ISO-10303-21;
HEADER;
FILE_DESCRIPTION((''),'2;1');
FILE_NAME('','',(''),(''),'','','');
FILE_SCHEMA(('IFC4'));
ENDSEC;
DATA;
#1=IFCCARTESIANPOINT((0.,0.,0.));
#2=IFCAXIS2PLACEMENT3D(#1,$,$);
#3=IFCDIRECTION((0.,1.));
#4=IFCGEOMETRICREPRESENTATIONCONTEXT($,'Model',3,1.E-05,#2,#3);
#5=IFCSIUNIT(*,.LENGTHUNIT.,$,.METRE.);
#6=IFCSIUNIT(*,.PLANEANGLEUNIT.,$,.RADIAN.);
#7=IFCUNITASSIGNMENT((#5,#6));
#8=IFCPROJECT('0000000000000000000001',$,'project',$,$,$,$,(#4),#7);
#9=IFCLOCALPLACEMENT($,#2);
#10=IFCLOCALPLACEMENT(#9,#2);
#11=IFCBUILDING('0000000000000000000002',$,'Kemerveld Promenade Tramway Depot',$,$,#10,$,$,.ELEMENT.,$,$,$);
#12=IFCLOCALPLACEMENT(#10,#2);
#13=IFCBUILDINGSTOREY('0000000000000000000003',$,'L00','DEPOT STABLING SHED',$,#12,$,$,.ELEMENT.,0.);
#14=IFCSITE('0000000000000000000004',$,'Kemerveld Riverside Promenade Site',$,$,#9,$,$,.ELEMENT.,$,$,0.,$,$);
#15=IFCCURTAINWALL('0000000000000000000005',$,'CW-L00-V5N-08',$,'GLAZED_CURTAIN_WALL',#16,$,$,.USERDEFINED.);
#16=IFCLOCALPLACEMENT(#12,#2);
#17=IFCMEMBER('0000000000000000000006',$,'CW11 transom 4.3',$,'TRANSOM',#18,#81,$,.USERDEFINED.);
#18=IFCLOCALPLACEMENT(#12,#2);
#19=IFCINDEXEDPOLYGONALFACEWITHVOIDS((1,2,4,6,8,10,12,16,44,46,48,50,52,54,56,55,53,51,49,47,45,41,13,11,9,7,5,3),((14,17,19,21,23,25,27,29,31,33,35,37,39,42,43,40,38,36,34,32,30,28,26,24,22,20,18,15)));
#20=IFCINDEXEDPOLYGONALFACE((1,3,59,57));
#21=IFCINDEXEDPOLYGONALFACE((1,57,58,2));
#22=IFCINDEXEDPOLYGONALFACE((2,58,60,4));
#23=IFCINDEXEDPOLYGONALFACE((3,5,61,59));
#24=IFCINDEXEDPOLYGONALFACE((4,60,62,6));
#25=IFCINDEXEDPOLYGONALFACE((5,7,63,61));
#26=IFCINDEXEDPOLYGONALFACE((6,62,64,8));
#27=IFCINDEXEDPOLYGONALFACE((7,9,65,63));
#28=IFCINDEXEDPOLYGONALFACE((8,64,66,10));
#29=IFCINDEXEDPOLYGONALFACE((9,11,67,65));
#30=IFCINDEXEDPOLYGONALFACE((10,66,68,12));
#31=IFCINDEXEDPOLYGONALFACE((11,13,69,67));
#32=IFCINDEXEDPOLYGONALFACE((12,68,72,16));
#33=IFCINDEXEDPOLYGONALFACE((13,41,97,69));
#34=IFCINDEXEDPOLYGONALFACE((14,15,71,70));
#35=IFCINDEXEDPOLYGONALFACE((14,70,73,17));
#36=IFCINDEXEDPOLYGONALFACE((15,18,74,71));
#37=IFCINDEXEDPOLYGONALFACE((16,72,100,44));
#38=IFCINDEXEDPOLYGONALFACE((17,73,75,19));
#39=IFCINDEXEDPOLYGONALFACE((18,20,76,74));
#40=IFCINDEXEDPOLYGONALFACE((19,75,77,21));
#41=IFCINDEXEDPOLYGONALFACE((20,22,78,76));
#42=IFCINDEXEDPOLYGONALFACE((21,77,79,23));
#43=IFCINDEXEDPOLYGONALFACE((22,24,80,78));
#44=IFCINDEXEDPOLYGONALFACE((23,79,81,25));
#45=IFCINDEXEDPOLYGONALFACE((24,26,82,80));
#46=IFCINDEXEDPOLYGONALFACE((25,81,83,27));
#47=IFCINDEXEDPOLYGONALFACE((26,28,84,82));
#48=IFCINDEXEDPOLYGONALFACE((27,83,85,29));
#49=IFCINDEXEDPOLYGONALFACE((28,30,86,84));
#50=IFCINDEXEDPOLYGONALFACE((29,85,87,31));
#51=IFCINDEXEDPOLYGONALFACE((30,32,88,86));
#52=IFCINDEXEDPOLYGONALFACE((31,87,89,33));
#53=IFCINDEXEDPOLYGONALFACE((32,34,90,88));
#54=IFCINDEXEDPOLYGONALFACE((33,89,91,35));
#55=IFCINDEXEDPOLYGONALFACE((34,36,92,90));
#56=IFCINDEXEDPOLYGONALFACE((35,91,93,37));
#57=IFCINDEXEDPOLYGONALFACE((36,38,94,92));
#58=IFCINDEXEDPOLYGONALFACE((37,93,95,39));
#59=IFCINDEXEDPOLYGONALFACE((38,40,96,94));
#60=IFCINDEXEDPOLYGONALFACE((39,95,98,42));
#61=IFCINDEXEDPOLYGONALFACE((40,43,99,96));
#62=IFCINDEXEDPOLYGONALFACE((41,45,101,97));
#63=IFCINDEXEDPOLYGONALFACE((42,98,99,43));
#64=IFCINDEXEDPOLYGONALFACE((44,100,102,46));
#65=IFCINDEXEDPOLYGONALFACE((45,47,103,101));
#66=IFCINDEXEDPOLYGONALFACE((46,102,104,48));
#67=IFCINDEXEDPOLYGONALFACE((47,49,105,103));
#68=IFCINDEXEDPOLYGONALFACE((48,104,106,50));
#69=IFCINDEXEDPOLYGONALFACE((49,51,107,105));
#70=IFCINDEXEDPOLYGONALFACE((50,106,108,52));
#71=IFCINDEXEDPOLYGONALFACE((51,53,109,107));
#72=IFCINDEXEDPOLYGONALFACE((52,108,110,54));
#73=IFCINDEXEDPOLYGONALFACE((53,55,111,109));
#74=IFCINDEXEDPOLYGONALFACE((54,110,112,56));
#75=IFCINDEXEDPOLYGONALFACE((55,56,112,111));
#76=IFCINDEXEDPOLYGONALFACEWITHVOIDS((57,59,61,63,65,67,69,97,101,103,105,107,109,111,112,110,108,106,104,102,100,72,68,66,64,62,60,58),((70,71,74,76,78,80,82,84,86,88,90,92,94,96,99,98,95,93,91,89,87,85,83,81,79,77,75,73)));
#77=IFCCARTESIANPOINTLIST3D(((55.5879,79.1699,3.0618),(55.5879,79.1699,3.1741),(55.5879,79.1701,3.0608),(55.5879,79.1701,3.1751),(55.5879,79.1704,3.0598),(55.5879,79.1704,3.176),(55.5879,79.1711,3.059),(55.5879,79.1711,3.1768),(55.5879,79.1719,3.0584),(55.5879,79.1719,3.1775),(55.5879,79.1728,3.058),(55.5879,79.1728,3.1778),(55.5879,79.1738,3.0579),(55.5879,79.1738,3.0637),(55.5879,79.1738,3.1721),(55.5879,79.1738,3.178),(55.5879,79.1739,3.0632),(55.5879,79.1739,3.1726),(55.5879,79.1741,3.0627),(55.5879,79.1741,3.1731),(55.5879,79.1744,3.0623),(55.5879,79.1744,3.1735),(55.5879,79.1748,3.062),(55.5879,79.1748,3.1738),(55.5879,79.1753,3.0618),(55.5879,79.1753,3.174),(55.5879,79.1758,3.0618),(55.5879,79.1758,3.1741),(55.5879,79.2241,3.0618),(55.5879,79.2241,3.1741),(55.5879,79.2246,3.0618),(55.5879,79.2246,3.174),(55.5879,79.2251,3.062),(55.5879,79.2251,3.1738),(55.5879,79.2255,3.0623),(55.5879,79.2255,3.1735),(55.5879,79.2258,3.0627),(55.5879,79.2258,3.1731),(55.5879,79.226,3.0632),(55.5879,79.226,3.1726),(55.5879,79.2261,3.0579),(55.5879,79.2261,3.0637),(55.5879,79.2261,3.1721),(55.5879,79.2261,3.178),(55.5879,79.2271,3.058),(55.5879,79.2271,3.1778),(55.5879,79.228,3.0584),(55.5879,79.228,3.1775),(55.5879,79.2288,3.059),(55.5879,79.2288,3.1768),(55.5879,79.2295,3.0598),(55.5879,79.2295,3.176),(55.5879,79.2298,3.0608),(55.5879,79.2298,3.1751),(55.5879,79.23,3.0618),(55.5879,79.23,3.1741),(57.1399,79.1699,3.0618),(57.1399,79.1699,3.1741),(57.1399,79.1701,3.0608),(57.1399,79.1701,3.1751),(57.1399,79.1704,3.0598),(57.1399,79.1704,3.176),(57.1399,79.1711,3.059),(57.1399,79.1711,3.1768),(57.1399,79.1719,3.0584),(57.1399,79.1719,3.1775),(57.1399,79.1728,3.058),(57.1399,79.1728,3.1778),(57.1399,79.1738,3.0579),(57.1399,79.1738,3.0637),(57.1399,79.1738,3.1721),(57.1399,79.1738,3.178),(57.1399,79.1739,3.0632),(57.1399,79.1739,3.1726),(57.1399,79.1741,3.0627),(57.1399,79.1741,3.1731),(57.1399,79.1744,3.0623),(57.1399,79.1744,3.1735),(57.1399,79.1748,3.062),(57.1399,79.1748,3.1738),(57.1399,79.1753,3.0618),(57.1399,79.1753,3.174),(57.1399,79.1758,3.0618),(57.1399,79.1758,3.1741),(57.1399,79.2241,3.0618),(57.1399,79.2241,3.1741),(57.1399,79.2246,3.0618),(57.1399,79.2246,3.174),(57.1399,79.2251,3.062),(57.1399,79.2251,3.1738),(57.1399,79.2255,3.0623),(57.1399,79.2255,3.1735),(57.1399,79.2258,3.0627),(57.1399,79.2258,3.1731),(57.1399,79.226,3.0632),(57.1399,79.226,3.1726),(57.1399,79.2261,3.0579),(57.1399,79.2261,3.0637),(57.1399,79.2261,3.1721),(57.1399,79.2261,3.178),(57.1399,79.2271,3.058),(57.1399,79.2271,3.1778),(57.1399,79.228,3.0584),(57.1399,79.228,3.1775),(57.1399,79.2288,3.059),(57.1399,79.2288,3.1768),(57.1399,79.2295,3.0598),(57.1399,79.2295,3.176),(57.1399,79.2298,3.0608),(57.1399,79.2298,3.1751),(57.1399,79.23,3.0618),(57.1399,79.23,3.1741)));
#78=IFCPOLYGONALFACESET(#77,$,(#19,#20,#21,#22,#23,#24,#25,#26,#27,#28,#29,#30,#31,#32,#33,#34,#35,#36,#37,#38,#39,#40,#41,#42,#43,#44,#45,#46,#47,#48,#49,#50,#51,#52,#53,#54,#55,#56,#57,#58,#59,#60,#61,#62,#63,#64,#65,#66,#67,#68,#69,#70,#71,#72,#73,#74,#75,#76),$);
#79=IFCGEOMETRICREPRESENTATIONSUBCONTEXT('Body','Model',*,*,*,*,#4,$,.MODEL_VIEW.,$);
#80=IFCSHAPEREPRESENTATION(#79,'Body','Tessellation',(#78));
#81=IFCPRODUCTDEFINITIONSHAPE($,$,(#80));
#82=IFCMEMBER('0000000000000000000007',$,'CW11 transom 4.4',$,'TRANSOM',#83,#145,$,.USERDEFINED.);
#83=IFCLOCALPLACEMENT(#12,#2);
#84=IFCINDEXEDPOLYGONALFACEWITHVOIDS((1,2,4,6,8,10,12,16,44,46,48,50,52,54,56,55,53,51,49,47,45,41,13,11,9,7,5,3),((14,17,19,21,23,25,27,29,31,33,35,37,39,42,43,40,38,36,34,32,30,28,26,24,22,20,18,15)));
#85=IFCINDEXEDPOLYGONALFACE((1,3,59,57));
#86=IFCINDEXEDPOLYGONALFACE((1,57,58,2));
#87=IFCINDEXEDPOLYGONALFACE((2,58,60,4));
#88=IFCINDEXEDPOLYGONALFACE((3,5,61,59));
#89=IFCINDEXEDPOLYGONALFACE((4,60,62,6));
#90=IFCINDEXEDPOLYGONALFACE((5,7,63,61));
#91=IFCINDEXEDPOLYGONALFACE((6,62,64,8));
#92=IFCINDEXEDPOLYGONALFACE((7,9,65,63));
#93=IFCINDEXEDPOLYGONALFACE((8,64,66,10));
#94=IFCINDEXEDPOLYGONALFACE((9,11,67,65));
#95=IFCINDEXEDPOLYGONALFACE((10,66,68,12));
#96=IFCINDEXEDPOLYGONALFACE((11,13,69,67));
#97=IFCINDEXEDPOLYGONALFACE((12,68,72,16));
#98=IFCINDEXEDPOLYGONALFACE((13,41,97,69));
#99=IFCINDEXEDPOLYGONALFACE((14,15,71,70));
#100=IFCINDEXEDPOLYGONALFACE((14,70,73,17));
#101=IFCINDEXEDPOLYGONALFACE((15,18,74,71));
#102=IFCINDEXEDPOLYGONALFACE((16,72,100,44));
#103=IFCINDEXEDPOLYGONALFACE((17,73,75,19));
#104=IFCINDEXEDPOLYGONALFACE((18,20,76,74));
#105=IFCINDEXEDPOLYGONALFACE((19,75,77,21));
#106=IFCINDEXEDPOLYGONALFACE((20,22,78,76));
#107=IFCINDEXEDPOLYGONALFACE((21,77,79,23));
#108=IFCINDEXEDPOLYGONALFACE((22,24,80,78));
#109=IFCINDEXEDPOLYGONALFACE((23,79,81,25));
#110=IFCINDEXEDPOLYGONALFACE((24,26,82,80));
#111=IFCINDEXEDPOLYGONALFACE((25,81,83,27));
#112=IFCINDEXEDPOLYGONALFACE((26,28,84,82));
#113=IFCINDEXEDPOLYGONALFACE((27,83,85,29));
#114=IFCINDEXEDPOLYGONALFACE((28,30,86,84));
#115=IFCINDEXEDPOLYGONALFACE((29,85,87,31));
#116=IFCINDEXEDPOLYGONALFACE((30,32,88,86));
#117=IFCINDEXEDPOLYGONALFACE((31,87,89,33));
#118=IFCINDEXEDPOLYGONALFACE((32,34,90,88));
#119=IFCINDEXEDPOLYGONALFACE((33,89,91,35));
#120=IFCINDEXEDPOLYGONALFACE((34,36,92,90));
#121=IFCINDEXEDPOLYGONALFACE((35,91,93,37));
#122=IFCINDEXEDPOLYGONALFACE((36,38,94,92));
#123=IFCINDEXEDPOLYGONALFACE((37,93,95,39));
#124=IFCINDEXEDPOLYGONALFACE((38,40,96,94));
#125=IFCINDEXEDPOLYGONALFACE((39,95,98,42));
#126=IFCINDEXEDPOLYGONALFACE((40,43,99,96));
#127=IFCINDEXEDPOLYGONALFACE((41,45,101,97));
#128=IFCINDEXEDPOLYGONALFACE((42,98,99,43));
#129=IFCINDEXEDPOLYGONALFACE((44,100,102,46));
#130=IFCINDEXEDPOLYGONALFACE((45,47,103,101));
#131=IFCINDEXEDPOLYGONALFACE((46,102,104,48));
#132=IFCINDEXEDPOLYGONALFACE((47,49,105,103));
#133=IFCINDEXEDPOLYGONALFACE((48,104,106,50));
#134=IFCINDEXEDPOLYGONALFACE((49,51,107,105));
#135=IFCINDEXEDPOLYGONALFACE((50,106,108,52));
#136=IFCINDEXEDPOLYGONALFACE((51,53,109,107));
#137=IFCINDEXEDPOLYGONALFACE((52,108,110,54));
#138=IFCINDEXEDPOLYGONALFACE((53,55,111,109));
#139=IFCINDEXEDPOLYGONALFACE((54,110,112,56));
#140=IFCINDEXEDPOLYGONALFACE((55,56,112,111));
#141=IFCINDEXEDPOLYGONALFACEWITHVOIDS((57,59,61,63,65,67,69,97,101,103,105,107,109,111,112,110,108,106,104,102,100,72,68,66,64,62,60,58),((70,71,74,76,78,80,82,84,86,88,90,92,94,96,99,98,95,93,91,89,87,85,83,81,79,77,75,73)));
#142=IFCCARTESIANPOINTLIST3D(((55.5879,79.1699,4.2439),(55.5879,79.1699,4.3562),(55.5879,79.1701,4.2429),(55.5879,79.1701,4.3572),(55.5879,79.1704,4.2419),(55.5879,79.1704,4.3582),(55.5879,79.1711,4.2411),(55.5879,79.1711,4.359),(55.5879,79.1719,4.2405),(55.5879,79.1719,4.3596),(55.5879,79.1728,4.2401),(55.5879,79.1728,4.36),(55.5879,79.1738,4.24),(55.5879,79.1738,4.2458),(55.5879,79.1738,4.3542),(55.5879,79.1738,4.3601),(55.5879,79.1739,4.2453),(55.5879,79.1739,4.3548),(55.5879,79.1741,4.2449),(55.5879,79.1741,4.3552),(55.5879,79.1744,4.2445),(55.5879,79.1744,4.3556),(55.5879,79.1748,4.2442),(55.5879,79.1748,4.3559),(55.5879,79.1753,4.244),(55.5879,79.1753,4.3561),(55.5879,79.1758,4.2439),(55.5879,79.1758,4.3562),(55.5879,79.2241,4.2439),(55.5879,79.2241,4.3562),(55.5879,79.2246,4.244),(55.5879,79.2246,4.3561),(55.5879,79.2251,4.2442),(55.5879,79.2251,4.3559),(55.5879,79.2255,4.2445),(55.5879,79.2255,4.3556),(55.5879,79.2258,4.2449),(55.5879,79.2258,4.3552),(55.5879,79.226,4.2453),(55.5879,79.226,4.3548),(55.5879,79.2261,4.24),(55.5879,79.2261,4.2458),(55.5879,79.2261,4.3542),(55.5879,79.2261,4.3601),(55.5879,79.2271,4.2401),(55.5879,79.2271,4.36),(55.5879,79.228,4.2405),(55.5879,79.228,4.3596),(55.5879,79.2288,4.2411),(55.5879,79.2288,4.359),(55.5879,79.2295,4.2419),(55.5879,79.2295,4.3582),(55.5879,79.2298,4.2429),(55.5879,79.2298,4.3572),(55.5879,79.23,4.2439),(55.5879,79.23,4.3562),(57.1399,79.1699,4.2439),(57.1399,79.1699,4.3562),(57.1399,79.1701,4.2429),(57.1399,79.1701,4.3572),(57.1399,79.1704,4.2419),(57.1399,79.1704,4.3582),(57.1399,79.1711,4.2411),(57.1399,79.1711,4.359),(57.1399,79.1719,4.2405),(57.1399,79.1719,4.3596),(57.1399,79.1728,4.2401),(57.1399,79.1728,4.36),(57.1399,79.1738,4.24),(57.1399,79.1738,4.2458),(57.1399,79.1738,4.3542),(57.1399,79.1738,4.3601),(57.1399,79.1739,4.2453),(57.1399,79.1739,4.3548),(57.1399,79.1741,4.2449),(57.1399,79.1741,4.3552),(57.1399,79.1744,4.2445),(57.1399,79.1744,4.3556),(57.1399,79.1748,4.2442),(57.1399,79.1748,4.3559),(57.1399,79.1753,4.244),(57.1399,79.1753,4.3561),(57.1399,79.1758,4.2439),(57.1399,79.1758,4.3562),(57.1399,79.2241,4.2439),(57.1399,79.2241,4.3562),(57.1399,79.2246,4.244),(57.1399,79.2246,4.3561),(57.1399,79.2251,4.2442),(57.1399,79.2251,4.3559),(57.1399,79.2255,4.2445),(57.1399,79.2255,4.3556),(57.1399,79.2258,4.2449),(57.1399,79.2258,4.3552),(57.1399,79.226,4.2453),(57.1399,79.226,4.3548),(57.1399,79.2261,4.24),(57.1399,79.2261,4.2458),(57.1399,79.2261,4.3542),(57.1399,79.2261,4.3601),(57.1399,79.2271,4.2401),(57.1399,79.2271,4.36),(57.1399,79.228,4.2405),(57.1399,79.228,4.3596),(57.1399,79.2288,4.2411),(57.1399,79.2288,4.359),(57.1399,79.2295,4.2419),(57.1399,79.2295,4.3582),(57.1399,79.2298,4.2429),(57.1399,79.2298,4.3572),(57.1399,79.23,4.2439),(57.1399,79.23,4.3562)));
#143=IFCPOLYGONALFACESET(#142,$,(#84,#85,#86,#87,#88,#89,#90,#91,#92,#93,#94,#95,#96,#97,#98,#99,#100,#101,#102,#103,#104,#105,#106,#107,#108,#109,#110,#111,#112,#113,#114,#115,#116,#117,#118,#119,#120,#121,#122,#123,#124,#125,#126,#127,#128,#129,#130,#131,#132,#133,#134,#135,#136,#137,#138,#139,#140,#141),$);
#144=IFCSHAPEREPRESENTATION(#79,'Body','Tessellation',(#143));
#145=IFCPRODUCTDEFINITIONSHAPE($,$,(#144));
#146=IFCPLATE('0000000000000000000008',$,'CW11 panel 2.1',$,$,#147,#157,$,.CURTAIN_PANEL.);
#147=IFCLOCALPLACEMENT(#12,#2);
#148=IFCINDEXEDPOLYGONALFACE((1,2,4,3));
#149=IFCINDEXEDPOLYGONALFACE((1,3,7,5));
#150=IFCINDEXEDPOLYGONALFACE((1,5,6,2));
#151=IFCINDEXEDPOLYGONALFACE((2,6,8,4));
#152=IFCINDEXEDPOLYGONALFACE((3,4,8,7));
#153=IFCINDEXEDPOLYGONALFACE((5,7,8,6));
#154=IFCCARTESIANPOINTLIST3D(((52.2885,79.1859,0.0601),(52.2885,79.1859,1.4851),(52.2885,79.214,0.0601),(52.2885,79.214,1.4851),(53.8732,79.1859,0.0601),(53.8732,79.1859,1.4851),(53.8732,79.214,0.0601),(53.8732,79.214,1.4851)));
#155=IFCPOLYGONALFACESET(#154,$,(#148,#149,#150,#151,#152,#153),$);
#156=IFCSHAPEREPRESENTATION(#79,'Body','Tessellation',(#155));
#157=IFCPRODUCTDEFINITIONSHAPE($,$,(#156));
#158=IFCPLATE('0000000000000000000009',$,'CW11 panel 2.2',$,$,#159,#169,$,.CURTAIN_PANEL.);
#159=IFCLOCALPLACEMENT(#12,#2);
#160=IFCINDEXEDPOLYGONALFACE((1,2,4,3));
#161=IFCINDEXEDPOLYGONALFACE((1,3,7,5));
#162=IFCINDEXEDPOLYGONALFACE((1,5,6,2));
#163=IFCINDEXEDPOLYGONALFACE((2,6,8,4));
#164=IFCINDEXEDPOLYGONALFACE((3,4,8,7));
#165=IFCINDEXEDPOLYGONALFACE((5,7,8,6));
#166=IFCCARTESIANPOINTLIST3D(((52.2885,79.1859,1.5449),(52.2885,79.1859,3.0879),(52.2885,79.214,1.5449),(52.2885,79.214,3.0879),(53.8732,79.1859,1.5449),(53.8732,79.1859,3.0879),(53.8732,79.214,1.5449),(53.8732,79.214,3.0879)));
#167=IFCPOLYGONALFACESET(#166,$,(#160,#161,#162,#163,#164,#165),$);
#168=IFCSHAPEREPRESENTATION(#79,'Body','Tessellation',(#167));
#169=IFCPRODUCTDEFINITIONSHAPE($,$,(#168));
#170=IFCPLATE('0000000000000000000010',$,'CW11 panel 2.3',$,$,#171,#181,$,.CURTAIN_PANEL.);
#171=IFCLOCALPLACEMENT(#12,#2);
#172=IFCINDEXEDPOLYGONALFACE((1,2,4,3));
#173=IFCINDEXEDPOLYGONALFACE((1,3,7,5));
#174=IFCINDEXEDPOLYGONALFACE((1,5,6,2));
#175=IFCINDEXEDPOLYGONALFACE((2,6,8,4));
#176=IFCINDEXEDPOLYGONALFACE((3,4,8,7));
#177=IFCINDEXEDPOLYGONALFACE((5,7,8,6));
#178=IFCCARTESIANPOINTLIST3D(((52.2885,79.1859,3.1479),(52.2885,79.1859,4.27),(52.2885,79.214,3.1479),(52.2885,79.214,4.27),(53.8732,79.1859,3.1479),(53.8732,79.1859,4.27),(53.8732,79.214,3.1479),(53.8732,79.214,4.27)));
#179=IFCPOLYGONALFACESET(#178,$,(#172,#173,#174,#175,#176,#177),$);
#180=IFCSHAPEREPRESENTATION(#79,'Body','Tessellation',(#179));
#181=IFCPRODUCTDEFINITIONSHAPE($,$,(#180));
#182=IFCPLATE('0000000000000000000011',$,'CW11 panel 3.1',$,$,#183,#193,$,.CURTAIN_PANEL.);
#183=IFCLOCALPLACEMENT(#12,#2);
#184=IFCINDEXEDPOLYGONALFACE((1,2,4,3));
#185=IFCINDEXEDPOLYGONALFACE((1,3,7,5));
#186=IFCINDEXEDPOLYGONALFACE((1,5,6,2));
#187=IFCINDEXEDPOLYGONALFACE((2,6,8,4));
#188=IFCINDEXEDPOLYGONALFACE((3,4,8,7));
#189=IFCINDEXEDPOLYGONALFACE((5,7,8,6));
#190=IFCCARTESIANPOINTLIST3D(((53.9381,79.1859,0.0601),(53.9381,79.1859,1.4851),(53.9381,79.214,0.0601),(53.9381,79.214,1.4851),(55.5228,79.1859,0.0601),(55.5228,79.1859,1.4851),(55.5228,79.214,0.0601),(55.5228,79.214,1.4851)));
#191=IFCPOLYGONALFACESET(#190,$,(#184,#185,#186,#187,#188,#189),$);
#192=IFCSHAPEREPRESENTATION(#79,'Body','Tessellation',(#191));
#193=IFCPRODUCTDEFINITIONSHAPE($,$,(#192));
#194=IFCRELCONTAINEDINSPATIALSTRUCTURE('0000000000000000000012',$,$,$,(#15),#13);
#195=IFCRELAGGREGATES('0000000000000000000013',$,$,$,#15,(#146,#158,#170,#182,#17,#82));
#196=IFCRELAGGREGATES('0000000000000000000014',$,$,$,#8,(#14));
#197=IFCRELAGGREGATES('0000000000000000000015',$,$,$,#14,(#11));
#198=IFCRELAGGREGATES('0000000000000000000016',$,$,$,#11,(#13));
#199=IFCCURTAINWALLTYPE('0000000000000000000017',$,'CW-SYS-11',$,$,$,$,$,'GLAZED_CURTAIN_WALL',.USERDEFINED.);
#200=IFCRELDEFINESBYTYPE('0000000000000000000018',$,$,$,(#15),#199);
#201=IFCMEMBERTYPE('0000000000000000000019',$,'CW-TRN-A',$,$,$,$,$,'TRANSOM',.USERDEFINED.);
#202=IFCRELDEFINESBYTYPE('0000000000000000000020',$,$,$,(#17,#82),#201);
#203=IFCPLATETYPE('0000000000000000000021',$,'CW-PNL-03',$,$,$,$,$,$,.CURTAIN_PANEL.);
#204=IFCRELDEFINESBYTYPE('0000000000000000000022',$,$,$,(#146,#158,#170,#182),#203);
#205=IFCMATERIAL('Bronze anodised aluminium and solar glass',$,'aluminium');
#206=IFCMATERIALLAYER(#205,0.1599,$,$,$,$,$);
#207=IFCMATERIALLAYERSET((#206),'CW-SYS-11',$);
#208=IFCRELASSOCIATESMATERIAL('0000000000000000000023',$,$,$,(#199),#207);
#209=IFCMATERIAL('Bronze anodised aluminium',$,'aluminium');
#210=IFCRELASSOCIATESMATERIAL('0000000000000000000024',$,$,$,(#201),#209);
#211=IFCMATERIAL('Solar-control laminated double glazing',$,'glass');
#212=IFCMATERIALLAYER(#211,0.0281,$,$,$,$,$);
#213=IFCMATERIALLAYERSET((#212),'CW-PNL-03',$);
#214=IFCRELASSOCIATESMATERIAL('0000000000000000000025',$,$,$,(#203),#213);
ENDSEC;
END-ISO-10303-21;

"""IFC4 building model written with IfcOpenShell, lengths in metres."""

from ifc_helpers import new_model, si_unit, direction, frame, origin, origin_2d, place, context, subcontext, project, spatial, rectangle, hollow_rectangle, extrude, material, layer, layer_set, material_profile, profile_set, type_object, element, aggregate, save


model = new_model("IFC4")

# Units and contexts
model_context = context("Model", 3, precision=1e-05, world=origin(), true_north=direction((0.0, 1.0)))
body_context = subcontext(model_context, "Body", "Model", "MODEL_VIEW")
ifc_project = project(units=[si_unit("LENGTHUNIT", "METRE"), si_unit("PLANEANGLEUNIT", "RADIAN")], contexts=[model_context])

# Site, building, storey
site_placement = place(None, origin())
site = spatial("IfcSite", under=ifc_project, at=site_placement, Name="Kemerveld Riverside Promenade Site", CompositionType="ELEMENT", RefElevation=0.0)
building_placement = place(site_placement, origin())
building = spatial("IfcBuilding", under=site, at=building_placement, Name="Kemerveld Promenade Tramway Depot", CompositionType="ELEMENT")
storey_placement = place(building_placement, origin())
storey = spatial("IfcBuildingStorey", under=building, at=storey_placement, Name="L00", Description="DEPOT STABLING SHED", CompositionType="ELEMENT", Elevation=0.0)

# Curtain wall, members, plates
ifc_material_1 = material(Name="Bronze anodised aluminium and solar glass", Category="aluminium")
ifc_layer_1 = layer(ifc_material_1, 0.1599)
ifc_layer_set_1 = layer_set([ifc_layer_1], Name="CW-SYS-11")
curtain_wall_type = type_object("IfcCurtainWallType", Name="CW-SYS-11", ElementType="GLAZED_CURTAIN_WALL", PredefinedType="USERDEFINED", material=ifc_layer_set_1)
curtain_wall_placement = place(storey_placement, origin())
curtain_wall = element("IfcCurtainWall", 1, at=curtain_wall_placement, inside=storey, type_object=curtain_wall_type, Name="CW-L00-V5N-08", ObjectType="GLAZED_CURTAIN_WALL", PredefinedType="USERDEFINED")
ifc_material_2 = material(Name="Bronze anodised aluminium", Category="aluminium")
ifc_material_profile_1 = material_profile(ifc_material_2, hollow_rectangle(XDim=0.0601, YDim=0.1201, WallThickness=0.0039, InnerFilletRadius=0.002, OuterFilletRadius=0.0039, at=origin_2d()), Name="CW-TRN-120x60")
ifc_profile_set_1 = profile_set([ifc_material_profile_1], Name="Bronze anodised aluminium")
member_type_1 = type_object("IfcMemberType", Name="CW-TRN-A", ElementType="TRANSOM", PredefinedType="USERDEFINED", material=ifc_profile_set_1)
member_1_placement = place(storey_placement, frame((55.5879, 79.2, 3.1179), z_axis=(1.0, 0.0, 0.0), x_axis=(0.0, 1.0, 0.0)))
member_1 = element("IfcMember", 2, at=member_1_placement, type_object=member_type_1, Name="CW11 transom 4.3", ObjectType="TRANSOM", PredefinedType="USERDEFINED", context=body_context, shape_type="SweptSolid", body=[
    extrude(hollow_rectangle(XDim=0.0601, YDim=0.1201, WallThickness=0.0039, InnerFilletRadius=0.002, OuterFilletRadius=0.0039, at=origin_2d()), origin(), (0.0, 0.0, 1.0), 1.552),
])
member_2_placement = place(storey_placement, frame((55.5879, 79.2, 4.3), z_axis=(1.0, 0.0, 0.0), x_axis=(0.0, 1.0, 0.0)))
member_2 = element("IfcMember", 3, at=member_2_placement, type_object=member_type_1, Name="CW11 transom 4.4", ObjectType="TRANSOM", PredefinedType="USERDEFINED", context=body_context, shape_type="SweptSolid", body=[
    extrude(hollow_rectangle(XDim=0.0601, YDim=0.1201, WallThickness=0.0039, InnerFilletRadius=0.002, OuterFilletRadius=0.0039, at=origin_2d()), origin(), (0.0, 0.0, 1.0), 1.552),
])
ifc_material_3 = material(Name="Solar-control laminated double glazing", Category="glass")
ifc_layer_2 = layer(ifc_material_3, 0.0281)
ifc_layer_set_2 = layer_set([ifc_layer_2], Name="CW-PNL-03")
plate_type = type_object("IfcPlateType", Name="CW-PNL-03", PredefinedType="CURTAIN_PANEL", material=ifc_layer_set_2)
plate_1_placement = place(storey_placement, frame((53.0808, 79.2, 0.0601), z_axis=(0.0, 0.0, 1.0), x_axis=(1.0, 0.0, 0.0)))
plate_1 = element("IfcPlate", 4, at=plate_1_placement, type_object=plate_type, Name="CW11 panel 2.1", PredefinedType="CURTAIN_PANEL", context=body_context, shape_type="SweptSolid", body=[
    extrude(rectangle(XDim=1.5847, YDim=0.0281, at=origin_2d()), origin(), (0.0, 0.0, 1.0), 1.425),
])
plate_2_placement = place(storey_placement, frame((53.0808, 79.2, 1.5449), z_axis=(0.0, 0.0, 1.0), x_axis=(1.0, 0.0, 0.0)))
plate_2 = element("IfcPlate", 5, at=plate_2_placement, type_object=plate_type, Name="CW11 panel 2.2", PredefinedType="CURTAIN_PANEL", context=body_context, shape_type="SweptSolid", body=[
    extrude(rectangle(XDim=1.5847, YDim=0.0281, at=origin_2d()), origin(), (0.0, 0.0, 1.0), 1.543),
])
plate_3_placement = place(storey_placement, frame((53.0808, 79.2, 3.1479), z_axis=(0.0, 0.0, 1.0), x_axis=(1.0, 0.0, 0.0)))
plate_3 = element("IfcPlate", 6, at=plate_3_placement, type_object=plate_type, Name="CW11 panel 2.3", PredefinedType="CURTAIN_PANEL", context=body_context, shape_type="SweptSolid", body=[
    extrude(rectangle(XDim=1.5847, YDim=0.0281, at=origin_2d()), origin(), (0.0, 0.0, 1.0), 1.1221),
])
plate_4_placement = place(storey_placement, frame((54.7305, 79.2, 0.0601), z_axis=(0.0, 0.0, 1.0), x_axis=(1.0, 0.0, 0.0)))
plate_4 = element("IfcPlate", 7, at=plate_4_placement, type_object=plate_type, Name="CW11 panel 3.1", PredefinedType="CURTAIN_PANEL", context=body_context, shape_type="SweptSolid", body=[
    extrude(rectangle(XDim=1.5847, YDim=0.0281, at=origin_2d()), origin(), (0.0, 0.0, 1.0), 1.425),
])
aggregate(curtain_wall, [plate_1, plate_2, plate_3, plate_4, member_1, member_2])

save(model, "model.ifc")
